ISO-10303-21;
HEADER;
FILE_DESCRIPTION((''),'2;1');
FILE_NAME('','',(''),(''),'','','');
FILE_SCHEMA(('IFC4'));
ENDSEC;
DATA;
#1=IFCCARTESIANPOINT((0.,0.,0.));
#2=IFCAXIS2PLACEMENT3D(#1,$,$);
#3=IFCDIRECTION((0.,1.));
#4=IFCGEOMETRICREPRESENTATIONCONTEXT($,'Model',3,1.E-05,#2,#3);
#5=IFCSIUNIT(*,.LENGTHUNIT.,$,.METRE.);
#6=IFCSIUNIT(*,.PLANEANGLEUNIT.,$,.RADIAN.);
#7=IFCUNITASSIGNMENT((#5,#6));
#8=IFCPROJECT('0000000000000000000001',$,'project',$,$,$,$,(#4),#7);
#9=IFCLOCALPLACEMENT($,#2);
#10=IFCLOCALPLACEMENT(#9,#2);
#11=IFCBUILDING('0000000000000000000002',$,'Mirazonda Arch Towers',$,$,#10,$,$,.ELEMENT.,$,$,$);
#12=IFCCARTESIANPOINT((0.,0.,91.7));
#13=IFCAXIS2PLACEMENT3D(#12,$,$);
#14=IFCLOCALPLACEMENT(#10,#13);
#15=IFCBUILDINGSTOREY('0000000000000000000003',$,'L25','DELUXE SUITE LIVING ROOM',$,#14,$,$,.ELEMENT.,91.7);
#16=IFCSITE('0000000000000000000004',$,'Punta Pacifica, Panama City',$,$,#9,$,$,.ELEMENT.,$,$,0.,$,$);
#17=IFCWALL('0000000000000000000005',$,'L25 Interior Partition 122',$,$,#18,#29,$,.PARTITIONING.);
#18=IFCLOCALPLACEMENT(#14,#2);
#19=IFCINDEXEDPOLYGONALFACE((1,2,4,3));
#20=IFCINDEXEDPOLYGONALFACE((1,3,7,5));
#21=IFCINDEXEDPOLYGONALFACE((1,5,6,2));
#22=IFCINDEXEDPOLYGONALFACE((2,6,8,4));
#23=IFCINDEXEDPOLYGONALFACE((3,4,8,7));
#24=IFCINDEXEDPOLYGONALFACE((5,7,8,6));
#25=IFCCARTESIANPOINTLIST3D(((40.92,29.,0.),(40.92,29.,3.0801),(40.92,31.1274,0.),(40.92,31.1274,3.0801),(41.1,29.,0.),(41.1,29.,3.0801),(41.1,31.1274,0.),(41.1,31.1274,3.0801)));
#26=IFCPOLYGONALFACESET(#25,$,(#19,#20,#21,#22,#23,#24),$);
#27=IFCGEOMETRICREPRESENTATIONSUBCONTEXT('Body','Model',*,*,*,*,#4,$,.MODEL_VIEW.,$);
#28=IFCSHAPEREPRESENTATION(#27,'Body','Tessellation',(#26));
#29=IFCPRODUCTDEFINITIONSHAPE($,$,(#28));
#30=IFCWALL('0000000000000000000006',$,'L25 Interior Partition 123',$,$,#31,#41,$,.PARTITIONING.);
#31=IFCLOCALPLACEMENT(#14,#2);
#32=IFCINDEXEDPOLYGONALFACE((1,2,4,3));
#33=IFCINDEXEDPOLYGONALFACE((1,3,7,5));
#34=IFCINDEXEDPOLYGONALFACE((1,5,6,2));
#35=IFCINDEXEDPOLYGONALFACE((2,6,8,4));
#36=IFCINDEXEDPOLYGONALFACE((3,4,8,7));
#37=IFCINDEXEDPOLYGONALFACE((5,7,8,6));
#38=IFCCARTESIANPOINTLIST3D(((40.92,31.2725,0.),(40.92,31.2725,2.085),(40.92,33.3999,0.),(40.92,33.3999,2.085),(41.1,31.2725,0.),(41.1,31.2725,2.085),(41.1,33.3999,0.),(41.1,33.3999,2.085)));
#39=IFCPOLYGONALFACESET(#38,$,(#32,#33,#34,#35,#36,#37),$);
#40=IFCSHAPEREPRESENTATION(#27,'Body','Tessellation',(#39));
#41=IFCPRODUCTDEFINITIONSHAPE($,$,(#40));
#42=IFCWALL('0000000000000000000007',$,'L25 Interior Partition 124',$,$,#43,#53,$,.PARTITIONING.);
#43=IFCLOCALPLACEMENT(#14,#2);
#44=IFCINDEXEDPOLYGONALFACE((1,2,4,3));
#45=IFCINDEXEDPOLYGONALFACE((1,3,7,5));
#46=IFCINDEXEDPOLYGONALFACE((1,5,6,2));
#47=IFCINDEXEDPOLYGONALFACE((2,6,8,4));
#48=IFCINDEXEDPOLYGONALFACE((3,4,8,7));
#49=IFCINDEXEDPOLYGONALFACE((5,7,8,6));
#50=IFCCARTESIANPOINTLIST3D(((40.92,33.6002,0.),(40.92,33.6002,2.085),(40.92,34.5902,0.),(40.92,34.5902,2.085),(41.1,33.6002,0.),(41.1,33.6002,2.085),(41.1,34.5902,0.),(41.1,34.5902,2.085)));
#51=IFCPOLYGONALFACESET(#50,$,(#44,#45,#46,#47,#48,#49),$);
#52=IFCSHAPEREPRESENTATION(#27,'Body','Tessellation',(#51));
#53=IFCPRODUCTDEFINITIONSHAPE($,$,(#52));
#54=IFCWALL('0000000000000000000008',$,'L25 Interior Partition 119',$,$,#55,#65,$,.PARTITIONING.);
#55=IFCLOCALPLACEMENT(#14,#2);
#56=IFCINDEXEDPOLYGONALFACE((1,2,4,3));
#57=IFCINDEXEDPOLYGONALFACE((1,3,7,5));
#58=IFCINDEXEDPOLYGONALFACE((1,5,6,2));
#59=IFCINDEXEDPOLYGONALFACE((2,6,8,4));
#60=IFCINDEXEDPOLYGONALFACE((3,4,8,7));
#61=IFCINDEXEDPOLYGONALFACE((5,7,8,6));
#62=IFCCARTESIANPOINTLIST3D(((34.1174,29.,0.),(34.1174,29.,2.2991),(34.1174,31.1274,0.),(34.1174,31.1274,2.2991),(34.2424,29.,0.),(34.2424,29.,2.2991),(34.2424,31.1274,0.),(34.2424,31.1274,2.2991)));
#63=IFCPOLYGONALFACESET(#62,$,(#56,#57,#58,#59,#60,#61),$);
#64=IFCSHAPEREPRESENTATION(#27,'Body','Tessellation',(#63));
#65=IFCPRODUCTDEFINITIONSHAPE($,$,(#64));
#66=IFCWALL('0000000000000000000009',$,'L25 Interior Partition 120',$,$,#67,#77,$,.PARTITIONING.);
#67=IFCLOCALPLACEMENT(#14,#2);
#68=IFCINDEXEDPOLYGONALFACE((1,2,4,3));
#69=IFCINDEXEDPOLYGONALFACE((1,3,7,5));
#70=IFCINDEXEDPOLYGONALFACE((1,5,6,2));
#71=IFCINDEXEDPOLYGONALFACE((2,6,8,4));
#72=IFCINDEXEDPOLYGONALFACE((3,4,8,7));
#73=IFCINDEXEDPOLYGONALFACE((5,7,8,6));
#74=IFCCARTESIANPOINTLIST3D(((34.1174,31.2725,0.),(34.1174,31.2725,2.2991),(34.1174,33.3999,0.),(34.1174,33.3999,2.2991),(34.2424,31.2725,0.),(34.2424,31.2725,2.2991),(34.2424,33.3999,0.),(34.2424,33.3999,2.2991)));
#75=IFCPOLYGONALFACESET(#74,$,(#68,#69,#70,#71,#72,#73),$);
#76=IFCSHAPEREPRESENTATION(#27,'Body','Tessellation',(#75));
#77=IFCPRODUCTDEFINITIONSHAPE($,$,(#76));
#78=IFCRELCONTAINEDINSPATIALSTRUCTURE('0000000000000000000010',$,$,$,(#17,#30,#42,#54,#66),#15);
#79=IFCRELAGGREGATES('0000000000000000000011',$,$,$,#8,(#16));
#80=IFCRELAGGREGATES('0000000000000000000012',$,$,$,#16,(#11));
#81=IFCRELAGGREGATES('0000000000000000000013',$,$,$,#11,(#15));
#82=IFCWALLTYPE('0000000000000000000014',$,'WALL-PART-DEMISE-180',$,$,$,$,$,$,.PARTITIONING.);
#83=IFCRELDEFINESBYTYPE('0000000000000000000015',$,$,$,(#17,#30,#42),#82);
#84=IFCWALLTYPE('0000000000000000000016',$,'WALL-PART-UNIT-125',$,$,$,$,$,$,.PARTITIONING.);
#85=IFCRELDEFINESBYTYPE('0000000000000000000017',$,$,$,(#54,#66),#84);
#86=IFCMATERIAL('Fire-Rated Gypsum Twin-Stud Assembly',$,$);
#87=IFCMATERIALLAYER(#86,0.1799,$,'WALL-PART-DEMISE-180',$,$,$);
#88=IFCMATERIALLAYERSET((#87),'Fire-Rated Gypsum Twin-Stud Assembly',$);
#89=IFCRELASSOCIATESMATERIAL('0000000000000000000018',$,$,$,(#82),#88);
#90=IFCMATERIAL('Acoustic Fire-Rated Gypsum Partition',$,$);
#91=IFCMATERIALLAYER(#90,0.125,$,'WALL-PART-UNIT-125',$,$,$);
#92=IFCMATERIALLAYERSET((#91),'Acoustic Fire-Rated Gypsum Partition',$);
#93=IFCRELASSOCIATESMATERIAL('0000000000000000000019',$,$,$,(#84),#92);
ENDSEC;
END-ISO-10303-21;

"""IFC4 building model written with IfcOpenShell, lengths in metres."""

from ifc_helpers import new_model, si_unit, direction, frame, frame_2d, origin, place, context, subcontext, project, spatial, rectangle, extrude, material, layer, layer_set, type_object, element, save


model = new_model("IFC4")

# Units and contexts
model_context = context("Model", 3, precision=1e-05, world=origin(), true_north=direction((0.0, 1.0)))
body_context = subcontext(model_context, "Body", "Model", "MODEL_VIEW")
ifc_project = project(units=[si_unit("LENGTHUNIT", "METRE"), si_unit("PLANEANGLEUNIT", "RADIAN")], contexts=[model_context])

# Site, building, storey
site_placement = place(None, origin())
site = spatial("IfcSite", under=ifc_project, at=site_placement, Name="Punta Pacifica, Panama City", CompositionType="ELEMENT", RefElevation=0.0)
building_placement = place(site_placement, origin())
building = spatial("IfcBuilding", under=site, at=building_placement, Name="Mirazonda Arch Towers", CompositionType="ELEMENT")
storey_placement = place(building_placement, frame((0.0, 0.0, 91.7)))
storey = spatial("IfcBuildingStorey", under=building, at=storey_placement, Name="L25", Description="DELUXE SUITE LIVING ROOM", CompositionType="ELEMENT", Elevation=91.7)

# Walls
ifc_material_1 = material(Name="Fire-Rated Gypsum Twin-Stud Assembly")
ifc_layer_1 = layer(ifc_material_1, 0.1799, Name="WALL-PART-DEMISE-180")
ifc_layer_set_1 = layer_set([ifc_layer_1], Name="Fire-Rated Gypsum Twin-Stud Assembly")
wall_type_1 = type_object("IfcWallType", Name="WALL-PART-DEMISE-180", PredefinedType="PARTITIONING", material=ifc_layer_set_1)
wall_1_placement = place(storey_placement, frame((41.01, 29.0, 0.0), z_axis=(0.0, 0.0, 1.0), x_axis=(0.0, 1.0, 0.0)))
element("IfcWall", 1, at=wall_1_placement, inside=storey, type_object=wall_type_1, Name="L25 Interior Partition 122", PredefinedType="PARTITIONING", context=body_context, shape_type="SweptSolid", body=[
    extrude(rectangle(XDim=2.1274, YDim=0.1799, at=frame_2d((1.0637, 0.0))), origin(), (0.0, 0.0, 1.0), 3.0801),
])
wall_2_placement = place(storey_placement, frame((41.01, 31.2725, 0.0), z_axis=(0.0, 0.0, 1.0), x_axis=(0.0, 1.0, 0.0)))
element("IfcWall", 2, at=wall_2_placement, inside=storey, type_object=wall_type_1, Name="L25 Interior Partition 123", PredefinedType="PARTITIONING", context=body_context, shape_type="SweptSolid", body=[
    extrude(rectangle(XDim=2.1274, YDim=0.1799, at=frame_2d((1.0637, 0.0))), origin(), (0.0, 0.0, 1.0), 2.085),
])
wall_3_placement = place(storey_placement, frame((41.01, 33.6001, 0.0), z_axis=(0.0, 0.0, 1.0), x_axis=(0.0, 1.0, 0.0)))
element("IfcWall", 3, at=wall_3_placement, inside=storey, type_object=wall_type_1, Name="L25 Interior Partition 124", PredefinedType="PARTITIONING", context=body_context, shape_type="SweptSolid", body=[
    extrude(rectangle(XDim=0.99, YDim=0.1799, at=frame_2d((0.4951, 0.0))), origin(), (0.0, 0.0, 1.0), 2.085),
])
ifc_material_2 = material(Name="Acoustic Fire-Rated Gypsum Partition")
ifc_layer_2 = layer(ifc_material_2, 0.125, Name="WALL-PART-UNIT-125")
ifc_layer_set_2 = layer_set([ifc_layer_2], Name="Acoustic Fire-Rated Gypsum Partition")
wall_type_2 = type_object("IfcWallType", Name="WALL-PART-UNIT-125", PredefinedType="PARTITIONING", material=ifc_layer_set_2)
for number, where, z_axis, x_axis, name in (
    (4, (34.1799, 29.0, 0.0), (0.0, 0.0, 1.0), (0.0, 1.0, 0.0), "L25 Interior Partition 119"),
    (5, (34.1799, 31.2725, 0.0), (0.0, 0.0, 1.0), (0.0, 1.0, 0.0), "L25 Interior Partition 120"),
):
    element("IfcWall", number, at=place(storey_placement, frame(where, z_axis=z_axis, x_axis=x_axis)), inside=storey, type_object=wall_type_2, Name=name, PredefinedType="PARTITIONING", context=body_context, shape_type="SweptSolid", body=[
        extrude(rectangle(XDim=2.1274, YDim=0.125, at=frame_2d((1.0637, 0.0))), origin(), (0.0, 0.0, 1.0), 2.2991),
    ])

save(model, "model.ifc")
